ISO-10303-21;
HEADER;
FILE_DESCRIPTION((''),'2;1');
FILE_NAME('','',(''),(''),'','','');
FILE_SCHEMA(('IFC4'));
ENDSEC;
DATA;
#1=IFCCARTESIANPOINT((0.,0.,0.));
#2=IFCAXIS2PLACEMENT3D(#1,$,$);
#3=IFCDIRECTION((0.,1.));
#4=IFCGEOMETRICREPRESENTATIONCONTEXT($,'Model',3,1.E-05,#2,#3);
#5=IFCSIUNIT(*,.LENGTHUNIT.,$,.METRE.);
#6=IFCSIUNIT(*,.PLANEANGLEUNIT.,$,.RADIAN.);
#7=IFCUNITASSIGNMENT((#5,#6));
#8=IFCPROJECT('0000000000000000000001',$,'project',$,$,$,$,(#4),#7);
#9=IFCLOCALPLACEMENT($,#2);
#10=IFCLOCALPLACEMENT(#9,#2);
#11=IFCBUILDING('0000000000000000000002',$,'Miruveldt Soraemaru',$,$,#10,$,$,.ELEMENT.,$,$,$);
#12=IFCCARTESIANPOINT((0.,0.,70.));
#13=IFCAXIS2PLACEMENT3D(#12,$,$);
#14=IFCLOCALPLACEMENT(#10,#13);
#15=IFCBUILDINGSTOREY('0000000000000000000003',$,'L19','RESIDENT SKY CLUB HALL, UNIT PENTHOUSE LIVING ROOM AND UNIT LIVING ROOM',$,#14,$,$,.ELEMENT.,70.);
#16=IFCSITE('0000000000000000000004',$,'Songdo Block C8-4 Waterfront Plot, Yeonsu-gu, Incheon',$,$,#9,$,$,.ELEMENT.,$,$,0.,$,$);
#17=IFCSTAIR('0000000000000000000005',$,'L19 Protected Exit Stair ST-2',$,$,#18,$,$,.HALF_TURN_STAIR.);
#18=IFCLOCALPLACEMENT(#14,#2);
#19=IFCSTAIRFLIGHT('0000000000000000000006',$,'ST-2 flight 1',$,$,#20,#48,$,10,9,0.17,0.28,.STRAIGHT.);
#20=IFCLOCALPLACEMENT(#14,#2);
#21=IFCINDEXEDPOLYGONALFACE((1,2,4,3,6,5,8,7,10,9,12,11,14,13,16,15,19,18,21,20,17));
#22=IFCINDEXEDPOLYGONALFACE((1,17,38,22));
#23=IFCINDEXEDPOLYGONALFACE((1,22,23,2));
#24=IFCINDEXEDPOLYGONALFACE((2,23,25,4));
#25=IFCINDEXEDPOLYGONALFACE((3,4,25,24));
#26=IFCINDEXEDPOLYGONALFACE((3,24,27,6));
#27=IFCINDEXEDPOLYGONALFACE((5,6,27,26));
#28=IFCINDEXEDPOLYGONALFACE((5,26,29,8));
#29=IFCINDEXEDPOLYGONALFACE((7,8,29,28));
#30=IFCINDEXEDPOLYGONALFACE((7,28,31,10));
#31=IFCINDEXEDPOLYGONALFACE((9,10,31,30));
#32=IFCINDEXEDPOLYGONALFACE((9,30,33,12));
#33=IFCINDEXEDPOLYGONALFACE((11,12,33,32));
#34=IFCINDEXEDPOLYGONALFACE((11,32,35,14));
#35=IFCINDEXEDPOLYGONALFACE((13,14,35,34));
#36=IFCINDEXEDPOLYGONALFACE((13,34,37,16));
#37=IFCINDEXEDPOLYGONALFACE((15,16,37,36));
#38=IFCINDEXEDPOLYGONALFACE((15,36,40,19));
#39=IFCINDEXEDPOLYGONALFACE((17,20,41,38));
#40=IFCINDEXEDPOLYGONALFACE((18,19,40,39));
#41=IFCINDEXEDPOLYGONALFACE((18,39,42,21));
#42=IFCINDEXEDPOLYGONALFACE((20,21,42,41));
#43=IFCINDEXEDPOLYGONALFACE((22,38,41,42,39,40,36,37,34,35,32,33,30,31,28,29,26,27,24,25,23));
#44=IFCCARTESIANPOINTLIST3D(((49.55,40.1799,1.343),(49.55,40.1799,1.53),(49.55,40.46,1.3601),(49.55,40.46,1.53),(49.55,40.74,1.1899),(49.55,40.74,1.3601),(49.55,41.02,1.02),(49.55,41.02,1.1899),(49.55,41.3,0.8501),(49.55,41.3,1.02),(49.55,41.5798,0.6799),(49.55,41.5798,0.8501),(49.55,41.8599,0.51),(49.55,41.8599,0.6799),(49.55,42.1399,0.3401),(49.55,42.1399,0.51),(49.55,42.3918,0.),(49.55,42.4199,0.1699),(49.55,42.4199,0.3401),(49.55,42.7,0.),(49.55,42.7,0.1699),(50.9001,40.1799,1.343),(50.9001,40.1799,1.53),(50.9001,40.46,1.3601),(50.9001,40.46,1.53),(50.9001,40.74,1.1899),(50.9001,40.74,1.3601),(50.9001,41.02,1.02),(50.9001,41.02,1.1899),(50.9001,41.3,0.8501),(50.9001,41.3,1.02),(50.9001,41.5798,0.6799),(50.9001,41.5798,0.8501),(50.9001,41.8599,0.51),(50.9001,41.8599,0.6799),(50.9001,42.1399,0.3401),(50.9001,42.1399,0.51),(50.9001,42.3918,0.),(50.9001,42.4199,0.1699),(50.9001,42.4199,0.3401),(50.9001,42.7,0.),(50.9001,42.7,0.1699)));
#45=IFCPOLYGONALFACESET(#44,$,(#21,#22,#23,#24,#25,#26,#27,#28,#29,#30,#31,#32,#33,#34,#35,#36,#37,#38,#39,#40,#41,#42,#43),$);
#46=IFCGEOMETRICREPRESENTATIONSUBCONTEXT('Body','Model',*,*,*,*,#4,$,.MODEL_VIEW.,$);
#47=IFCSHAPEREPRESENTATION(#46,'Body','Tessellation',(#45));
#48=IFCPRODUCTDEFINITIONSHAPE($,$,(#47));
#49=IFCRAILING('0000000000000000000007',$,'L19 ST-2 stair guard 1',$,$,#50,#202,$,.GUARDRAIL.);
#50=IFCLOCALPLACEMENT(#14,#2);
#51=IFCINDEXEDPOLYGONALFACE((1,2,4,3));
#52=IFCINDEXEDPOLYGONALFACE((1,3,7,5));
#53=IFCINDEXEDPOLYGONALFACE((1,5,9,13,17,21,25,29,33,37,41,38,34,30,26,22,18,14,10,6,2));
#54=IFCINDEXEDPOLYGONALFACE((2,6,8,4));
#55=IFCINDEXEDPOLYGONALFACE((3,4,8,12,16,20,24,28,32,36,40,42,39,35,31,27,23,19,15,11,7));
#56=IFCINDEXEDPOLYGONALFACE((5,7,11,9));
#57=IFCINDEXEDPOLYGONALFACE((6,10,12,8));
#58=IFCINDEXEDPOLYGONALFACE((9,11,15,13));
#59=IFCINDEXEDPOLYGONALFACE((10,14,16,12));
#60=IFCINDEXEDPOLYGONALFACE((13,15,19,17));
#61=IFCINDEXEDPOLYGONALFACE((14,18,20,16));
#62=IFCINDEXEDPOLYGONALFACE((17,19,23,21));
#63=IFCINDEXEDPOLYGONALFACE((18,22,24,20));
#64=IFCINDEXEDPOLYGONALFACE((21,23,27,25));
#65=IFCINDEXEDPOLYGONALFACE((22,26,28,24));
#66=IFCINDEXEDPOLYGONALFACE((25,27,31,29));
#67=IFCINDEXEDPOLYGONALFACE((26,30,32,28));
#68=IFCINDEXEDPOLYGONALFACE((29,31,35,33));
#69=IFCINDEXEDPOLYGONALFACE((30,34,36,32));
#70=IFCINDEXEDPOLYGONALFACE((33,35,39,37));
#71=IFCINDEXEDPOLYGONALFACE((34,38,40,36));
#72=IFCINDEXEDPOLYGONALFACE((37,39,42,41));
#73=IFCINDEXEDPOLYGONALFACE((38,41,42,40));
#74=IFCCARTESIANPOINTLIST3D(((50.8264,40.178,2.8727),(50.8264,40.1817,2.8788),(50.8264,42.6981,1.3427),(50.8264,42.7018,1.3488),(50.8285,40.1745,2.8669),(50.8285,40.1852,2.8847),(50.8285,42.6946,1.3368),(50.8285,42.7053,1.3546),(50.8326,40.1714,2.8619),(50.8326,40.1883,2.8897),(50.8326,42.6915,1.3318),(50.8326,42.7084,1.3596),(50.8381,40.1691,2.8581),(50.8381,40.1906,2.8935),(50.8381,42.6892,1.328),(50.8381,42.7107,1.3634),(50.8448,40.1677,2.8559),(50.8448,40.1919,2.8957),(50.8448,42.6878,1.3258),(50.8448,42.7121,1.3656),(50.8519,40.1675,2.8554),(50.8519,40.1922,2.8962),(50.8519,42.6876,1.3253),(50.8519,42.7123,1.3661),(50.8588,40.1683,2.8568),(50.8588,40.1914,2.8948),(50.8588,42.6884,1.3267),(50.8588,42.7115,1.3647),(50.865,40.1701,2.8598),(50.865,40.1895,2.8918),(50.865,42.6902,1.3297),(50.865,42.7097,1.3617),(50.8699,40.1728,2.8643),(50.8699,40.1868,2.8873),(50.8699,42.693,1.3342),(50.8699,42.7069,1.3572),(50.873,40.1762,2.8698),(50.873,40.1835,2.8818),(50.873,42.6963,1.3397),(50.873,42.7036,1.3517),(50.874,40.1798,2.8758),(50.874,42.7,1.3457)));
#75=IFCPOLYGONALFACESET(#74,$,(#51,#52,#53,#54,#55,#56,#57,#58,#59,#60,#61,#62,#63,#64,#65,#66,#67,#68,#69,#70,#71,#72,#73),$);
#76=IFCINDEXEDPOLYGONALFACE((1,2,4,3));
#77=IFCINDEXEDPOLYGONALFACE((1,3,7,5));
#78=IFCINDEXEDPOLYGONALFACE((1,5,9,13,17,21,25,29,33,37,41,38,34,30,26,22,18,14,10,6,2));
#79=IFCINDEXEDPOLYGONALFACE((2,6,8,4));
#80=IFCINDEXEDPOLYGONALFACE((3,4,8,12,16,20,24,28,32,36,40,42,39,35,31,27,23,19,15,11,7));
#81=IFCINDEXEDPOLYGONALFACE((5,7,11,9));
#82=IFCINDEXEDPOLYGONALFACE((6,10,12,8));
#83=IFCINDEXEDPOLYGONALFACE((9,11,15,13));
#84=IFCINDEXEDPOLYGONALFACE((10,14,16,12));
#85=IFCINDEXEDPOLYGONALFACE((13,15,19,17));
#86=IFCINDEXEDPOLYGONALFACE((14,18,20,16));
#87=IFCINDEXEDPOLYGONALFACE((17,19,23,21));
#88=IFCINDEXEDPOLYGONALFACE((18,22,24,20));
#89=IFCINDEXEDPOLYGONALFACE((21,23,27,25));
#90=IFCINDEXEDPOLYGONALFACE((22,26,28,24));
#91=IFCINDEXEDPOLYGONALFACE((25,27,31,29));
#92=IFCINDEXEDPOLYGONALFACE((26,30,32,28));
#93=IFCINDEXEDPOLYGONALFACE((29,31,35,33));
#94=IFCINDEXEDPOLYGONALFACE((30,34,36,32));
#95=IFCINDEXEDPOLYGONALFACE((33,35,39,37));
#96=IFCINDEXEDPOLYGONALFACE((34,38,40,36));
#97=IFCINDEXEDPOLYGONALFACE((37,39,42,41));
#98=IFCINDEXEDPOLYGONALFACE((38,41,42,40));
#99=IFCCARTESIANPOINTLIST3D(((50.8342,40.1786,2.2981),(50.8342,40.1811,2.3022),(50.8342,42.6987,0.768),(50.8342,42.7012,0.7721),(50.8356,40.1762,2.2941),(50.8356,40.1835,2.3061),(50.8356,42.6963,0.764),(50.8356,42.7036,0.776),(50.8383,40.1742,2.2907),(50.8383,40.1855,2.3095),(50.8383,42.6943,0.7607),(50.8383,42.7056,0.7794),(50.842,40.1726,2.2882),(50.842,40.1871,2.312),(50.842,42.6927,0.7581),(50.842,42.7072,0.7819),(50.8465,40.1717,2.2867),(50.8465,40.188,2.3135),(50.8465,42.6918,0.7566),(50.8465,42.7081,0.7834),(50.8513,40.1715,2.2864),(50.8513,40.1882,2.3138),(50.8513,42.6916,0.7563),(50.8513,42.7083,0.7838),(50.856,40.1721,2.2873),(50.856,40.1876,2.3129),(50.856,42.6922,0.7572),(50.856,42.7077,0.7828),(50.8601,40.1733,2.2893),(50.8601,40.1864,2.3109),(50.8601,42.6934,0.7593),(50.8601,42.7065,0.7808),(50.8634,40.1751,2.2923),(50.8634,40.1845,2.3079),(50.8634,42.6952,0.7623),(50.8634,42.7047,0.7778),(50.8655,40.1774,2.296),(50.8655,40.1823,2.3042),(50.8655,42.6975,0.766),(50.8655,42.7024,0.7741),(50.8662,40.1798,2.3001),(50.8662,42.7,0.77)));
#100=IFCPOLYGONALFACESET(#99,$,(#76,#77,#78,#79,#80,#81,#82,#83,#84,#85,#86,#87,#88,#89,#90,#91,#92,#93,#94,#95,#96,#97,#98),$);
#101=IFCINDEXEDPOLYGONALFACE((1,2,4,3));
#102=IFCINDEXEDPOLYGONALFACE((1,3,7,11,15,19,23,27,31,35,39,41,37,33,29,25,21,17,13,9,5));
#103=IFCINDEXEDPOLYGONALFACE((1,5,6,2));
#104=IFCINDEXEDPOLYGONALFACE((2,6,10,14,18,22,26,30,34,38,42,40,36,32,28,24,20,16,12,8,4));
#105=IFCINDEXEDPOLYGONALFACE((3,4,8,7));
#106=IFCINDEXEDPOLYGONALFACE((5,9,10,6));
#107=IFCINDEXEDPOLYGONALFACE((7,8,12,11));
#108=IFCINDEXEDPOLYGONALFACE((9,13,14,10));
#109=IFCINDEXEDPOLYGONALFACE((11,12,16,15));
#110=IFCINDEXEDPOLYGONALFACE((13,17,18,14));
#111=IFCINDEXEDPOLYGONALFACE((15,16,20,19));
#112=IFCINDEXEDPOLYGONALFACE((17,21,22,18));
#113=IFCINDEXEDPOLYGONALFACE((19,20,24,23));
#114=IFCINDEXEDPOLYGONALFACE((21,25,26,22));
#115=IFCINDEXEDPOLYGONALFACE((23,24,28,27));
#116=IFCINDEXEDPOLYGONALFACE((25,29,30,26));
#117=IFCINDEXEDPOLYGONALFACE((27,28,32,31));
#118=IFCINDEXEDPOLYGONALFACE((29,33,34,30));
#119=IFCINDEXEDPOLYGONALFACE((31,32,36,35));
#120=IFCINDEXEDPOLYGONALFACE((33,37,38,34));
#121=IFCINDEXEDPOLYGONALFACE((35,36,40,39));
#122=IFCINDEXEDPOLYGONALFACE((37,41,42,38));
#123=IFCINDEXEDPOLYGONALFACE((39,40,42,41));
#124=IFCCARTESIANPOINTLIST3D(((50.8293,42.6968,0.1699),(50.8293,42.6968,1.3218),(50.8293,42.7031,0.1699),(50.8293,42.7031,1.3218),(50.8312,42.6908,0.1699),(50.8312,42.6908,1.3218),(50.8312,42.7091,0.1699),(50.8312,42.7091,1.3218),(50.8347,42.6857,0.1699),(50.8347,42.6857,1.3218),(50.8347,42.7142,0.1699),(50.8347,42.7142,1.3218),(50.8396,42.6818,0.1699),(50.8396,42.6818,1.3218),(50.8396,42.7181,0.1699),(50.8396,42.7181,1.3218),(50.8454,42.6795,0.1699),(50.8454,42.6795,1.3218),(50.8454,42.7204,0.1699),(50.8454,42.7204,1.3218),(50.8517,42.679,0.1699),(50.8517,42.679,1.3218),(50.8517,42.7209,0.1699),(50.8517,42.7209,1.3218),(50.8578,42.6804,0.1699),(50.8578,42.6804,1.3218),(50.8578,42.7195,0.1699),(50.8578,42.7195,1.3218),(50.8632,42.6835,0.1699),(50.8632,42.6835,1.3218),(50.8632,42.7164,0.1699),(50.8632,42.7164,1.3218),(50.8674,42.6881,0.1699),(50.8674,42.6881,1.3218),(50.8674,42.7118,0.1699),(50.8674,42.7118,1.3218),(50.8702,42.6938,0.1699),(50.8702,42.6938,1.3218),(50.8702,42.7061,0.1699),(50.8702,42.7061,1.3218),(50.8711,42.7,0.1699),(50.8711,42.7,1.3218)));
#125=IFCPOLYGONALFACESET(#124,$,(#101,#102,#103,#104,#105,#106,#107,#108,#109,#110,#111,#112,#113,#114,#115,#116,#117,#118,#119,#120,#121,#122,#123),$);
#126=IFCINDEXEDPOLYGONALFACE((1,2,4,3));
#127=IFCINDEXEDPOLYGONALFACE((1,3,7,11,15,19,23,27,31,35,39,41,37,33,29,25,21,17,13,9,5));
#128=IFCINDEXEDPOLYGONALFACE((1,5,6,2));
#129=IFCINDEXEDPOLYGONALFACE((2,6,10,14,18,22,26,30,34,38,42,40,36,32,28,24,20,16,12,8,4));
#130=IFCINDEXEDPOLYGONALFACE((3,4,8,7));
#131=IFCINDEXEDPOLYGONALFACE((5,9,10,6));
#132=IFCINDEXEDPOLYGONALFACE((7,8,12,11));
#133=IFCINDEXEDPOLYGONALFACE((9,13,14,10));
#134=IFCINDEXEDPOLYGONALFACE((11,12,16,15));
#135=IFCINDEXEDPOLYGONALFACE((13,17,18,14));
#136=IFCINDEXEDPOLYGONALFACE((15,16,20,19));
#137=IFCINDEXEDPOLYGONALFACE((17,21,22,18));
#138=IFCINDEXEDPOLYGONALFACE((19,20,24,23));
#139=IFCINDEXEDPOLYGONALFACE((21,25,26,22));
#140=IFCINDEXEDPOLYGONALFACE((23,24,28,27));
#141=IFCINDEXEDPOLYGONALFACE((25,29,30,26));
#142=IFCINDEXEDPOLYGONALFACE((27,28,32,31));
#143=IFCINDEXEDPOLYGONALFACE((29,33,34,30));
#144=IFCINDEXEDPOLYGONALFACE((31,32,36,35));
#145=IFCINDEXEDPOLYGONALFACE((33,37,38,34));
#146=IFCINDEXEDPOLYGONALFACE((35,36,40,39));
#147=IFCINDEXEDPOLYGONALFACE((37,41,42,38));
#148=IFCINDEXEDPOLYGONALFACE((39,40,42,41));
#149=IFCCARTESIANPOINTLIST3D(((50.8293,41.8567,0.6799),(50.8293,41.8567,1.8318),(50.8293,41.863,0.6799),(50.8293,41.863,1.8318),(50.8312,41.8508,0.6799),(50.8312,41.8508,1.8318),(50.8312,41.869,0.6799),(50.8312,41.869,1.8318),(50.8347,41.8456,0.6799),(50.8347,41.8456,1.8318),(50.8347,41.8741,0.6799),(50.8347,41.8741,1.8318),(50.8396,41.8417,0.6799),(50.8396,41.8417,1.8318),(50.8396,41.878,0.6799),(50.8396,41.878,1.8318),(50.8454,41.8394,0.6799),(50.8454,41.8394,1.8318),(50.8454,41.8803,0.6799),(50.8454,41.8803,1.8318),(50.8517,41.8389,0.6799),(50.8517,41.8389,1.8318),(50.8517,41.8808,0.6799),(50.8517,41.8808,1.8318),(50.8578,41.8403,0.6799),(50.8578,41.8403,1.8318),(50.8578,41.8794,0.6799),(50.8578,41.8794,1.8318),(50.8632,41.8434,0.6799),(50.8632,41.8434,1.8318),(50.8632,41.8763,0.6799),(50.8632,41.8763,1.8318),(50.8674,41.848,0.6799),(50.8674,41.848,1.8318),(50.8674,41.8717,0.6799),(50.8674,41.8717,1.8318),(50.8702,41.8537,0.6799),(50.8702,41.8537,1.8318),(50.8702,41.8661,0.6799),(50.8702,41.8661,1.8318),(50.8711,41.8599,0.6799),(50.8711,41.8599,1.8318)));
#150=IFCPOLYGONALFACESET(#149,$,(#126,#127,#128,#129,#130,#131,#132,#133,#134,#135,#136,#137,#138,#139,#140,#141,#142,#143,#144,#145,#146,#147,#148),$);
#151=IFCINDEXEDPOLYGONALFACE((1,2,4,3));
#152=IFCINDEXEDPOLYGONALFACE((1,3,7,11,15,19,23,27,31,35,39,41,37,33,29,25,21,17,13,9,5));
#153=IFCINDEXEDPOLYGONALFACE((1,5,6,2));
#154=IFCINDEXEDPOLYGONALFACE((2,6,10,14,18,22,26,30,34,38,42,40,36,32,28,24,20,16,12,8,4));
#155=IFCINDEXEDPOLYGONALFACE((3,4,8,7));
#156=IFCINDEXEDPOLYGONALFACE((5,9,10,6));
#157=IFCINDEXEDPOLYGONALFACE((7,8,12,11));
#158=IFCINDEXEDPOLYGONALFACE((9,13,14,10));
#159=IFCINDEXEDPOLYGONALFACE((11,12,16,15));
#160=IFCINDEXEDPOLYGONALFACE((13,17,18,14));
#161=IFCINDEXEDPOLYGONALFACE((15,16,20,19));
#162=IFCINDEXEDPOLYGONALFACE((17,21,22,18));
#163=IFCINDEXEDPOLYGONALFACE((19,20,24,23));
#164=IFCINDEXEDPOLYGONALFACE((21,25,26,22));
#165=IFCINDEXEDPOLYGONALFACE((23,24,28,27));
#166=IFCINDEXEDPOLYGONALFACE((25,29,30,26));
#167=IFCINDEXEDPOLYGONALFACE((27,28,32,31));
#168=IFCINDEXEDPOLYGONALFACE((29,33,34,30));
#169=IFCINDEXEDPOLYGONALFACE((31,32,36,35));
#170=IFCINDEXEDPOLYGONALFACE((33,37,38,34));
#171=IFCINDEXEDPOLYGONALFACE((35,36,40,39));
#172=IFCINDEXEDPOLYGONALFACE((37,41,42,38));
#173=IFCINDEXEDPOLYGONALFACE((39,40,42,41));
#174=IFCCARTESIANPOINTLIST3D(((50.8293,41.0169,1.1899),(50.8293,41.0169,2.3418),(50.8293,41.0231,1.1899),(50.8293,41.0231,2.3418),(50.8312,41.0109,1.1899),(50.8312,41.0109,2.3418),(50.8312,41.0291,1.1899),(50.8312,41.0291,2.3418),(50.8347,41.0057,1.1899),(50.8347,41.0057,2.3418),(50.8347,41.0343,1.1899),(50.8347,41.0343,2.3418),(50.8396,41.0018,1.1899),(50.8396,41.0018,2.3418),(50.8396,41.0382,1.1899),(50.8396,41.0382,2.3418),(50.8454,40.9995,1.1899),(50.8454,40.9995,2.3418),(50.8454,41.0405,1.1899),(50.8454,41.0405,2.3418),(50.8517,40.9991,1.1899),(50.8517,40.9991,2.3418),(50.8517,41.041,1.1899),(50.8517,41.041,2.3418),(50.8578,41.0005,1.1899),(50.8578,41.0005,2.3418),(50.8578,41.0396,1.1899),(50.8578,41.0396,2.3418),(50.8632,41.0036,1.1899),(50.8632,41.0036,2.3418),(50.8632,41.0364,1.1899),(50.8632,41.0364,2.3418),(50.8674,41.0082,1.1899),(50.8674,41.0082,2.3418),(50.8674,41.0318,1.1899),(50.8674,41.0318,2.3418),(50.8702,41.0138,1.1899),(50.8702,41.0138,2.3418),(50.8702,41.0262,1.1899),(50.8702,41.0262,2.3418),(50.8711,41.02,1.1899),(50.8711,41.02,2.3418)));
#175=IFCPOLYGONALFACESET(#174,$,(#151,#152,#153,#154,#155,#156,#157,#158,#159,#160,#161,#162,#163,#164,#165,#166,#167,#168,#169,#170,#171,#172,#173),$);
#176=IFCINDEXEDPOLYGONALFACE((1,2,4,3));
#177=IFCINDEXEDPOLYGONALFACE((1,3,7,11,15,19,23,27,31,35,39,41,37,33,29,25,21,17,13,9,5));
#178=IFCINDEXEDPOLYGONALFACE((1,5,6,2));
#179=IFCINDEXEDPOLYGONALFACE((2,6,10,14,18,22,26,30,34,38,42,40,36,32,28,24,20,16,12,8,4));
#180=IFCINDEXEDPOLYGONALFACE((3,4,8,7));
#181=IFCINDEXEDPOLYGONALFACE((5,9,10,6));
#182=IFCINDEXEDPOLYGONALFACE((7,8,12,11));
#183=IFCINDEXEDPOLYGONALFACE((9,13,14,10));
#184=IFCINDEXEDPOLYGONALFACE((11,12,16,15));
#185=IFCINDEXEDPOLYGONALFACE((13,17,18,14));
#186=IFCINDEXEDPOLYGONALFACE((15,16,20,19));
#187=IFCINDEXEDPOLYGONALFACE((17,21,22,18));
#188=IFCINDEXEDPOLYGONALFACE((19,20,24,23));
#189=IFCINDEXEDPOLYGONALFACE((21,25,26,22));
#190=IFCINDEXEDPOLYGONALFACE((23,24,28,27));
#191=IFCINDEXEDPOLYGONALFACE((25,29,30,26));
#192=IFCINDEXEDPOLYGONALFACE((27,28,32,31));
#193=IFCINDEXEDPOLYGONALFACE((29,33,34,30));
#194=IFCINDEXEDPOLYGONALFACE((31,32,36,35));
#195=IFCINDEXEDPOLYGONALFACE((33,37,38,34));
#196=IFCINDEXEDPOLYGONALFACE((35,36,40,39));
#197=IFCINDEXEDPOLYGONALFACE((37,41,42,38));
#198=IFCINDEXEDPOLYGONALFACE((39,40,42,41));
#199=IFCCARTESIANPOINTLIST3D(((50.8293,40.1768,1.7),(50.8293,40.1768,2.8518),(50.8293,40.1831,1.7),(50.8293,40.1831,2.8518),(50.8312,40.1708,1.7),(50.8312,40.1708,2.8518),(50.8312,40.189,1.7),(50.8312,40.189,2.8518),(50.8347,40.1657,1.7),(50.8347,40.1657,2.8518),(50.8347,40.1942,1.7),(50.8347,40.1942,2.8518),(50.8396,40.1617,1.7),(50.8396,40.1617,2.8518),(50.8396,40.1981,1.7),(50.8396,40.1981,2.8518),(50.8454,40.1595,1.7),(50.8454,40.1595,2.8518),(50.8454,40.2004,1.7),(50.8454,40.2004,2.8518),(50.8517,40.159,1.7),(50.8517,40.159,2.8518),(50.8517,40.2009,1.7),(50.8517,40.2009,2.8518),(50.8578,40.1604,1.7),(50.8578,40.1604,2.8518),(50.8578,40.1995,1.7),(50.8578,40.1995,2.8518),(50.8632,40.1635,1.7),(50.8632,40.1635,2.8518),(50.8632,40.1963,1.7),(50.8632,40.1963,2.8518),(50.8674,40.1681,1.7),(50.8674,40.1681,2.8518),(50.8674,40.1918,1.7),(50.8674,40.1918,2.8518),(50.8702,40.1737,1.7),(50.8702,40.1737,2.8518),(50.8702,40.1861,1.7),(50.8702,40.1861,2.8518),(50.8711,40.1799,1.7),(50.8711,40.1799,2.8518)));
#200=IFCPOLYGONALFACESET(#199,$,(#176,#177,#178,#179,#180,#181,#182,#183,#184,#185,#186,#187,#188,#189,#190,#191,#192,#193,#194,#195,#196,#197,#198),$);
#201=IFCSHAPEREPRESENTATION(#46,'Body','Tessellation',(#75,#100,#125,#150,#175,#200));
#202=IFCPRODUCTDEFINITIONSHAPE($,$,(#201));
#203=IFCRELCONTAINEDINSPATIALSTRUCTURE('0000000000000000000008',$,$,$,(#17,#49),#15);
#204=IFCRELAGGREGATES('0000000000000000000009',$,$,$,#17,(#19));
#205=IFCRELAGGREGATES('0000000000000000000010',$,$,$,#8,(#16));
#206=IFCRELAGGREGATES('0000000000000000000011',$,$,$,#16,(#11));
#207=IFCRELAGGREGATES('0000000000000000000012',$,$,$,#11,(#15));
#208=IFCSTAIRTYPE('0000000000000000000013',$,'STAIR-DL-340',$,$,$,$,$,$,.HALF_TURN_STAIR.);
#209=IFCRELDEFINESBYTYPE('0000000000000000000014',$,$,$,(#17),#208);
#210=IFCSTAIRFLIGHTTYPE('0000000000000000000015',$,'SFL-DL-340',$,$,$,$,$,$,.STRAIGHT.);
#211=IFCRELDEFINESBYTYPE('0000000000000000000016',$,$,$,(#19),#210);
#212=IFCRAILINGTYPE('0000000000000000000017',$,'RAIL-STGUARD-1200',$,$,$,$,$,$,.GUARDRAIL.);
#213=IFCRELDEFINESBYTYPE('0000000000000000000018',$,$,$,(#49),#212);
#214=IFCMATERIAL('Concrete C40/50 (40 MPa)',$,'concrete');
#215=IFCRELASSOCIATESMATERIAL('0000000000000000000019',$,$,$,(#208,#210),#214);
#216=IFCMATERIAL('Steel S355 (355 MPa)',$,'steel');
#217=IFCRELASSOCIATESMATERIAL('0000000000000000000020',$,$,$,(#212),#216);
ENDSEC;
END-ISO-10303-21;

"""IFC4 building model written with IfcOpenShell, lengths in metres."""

from ifc_helpers import new_model, si_unit, direction, frame, origin, origin_2d, place, context, subcontext, project, spatial, polyline, circle, outline, extrude, material, type_object, element, aggregate, save


model = new_model("IFC4")

# Units and contexts
model_context = context("Model", 3, precision=1e-05, world=origin(), true_north=direction((0.0, 1.0)))
body_context = subcontext(model_context, "Body", "Model", "MODEL_VIEW")
ifc_project = project(units=[si_unit("LENGTHUNIT", "METRE"), si_unit("PLANEANGLEUNIT", "RADIAN")], contexts=[model_context])

# Site, building, storey
site_placement = place(None, origin())
site = spatial("IfcSite", under=ifc_project, at=site_placement, Name="Songdo Block C8-4 Waterfront Plot, Yeonsu-gu, Incheon", CompositionType="ELEMENT", RefElevation=0.0)
building_placement = place(site_placement, origin())
building = spatial("IfcBuilding", under=site, at=building_placement, Name="Miruveldt Soraemaru", CompositionType="ELEMENT")
storey_placement = place(building_placement, frame((0.0, 0.0, 70.0)))
storey = spatial("IfcBuildingStorey", under=building, at=storey_placement, Name="L19", Description="RESIDENT SKY CLUB HALL, UNIT PENTHOUSE LIVING ROOM AND UNIT LIVING ROOM", CompositionType="ELEMENT", Elevation=70.0)

# Shared definitions
ifc_material_1 = material(Name="Concrete C40/50 (40 MPa)", Category="concrete")

# Stair, stair flight
stair_type = type_object("IfcStairType", Name="STAIR-DL-340", PredefinedType="HALF_TURN_STAIR", material=ifc_material_1)
stair_placement = place(storey_placement, origin())
stair = element("IfcStair", 1, at=stair_placement, inside=storey, type_object=stair_type, Name="L19 Protected Exit Stair ST-2", PredefinedType="HALF_TURN_STAIR")
stair_flight_type = type_object("IfcStairFlightType", Name="SFL-DL-340", PredefinedType="STRAIGHT", material=ifc_material_1)
stair_flight_placement = place(storey_placement, frame((50.2251, 42.7, 0.0), z_axis=(0.0, 0.0, 1.0), x_axis=(0.0, -1.0, 0.0)))
stair_flight = element("IfcStairFlight", 2, at=stair_flight_placement, type_object=stair_flight_type, Name="ST-2 flight 1", NumberOfRisers=10, NumberOfTreads=9, PredefinedType="STRAIGHT", RiserHeight=0.17, TreadLength=0.28, context=body_context, shape_type="SweptSolid", body=[
    extrude(outline(polyline([(0.0, 0.0), (0.0, 0.1699), (0.28, 0.1699), (0.28, 0.3401), (0.5601, 0.3401), (0.5601, 0.51), (0.8401, 0.51), (0.8401, 0.6799), (1.1201, 0.6799), (1.1201, 0.8501), (1.3999, 0.8501), (1.3999, 1.02), (1.6799, 1.02), (1.6799, 1.1899), (1.96, 1.1899), (1.96, 1.3601), (2.24, 1.3601), (2.24, 1.53), (2.52, 1.53), (2.52, 1.7), (2.52, 1.343), (0.3081, 0.0), (0.0, 0.0)])), frame((0.0, 0.675, 0.0), z_axis=(0.0, -1.0, 0.0), x_axis=(1.0, 0.0, 0.0)), (0.0, 0.0, 1.0), 1.3501),
])
aggregate(stair, [stair_flight])

# Railing
ifc_material_2 = material(Name="Steel S355 (355 MPa)", Category="steel")
railing_type_1 = type_object("IfcRailingType", Name="RAIL-STGUARD-1200", PredefinedType="GUARDRAIL", material=ifc_material_2)
railing_1_placement = place(storey_placement, frame((50.8501, 42.7, 0.1699)))
element("IfcRailing", 3, at=railing_1_placement, inside=storey, type_object=railing_type_1, Name="L19 ST-2 stair guard 1", PredefinedType="GUARDRAIL", context=body_context, shape_type="SweptSolid", body=[
    extrude(circle(Radius=0.0239, at=origin_2d()), frame((0.0, 0.0, 1.1758), z_axis=(0.0, -0.854785, 0.518982), x_axis=(1.0, 0.0, 0.0)), (0.0, 0.0, 1.0), 2.9482),
    extrude(circle(Radius=0.0161, at=origin_2d()), frame((0.0, 0.0, 0.6001), z_axis=(0.0, -0.854785, 0.518982), x_axis=(1.0, 0.0, 0.0)), (0.0, 0.0, 1.0), 2.9482),
    extrude(circle(Radius=0.021, at=origin_2d()), origin(), (0.0, 0.0, 1.0), 1.1519),
    extrude(circle(Radius=0.021, at=origin_2d()), frame((0.0, -0.8401, 0.51)), (0.0, 0.0, 1.0), 1.1519),
    extrude(circle(Radius=0.021, at=origin_2d()), frame((0.0, -1.6799, 1.02)), (0.0, 0.0, 1.0), 1.1519),
    extrude(circle(Radius=0.021, at=origin_2d()), frame((0.0, -2.52, 1.53)), (0.0, 0.0, 1.0), 1.1519),
])

save(model, "model.ifc")
